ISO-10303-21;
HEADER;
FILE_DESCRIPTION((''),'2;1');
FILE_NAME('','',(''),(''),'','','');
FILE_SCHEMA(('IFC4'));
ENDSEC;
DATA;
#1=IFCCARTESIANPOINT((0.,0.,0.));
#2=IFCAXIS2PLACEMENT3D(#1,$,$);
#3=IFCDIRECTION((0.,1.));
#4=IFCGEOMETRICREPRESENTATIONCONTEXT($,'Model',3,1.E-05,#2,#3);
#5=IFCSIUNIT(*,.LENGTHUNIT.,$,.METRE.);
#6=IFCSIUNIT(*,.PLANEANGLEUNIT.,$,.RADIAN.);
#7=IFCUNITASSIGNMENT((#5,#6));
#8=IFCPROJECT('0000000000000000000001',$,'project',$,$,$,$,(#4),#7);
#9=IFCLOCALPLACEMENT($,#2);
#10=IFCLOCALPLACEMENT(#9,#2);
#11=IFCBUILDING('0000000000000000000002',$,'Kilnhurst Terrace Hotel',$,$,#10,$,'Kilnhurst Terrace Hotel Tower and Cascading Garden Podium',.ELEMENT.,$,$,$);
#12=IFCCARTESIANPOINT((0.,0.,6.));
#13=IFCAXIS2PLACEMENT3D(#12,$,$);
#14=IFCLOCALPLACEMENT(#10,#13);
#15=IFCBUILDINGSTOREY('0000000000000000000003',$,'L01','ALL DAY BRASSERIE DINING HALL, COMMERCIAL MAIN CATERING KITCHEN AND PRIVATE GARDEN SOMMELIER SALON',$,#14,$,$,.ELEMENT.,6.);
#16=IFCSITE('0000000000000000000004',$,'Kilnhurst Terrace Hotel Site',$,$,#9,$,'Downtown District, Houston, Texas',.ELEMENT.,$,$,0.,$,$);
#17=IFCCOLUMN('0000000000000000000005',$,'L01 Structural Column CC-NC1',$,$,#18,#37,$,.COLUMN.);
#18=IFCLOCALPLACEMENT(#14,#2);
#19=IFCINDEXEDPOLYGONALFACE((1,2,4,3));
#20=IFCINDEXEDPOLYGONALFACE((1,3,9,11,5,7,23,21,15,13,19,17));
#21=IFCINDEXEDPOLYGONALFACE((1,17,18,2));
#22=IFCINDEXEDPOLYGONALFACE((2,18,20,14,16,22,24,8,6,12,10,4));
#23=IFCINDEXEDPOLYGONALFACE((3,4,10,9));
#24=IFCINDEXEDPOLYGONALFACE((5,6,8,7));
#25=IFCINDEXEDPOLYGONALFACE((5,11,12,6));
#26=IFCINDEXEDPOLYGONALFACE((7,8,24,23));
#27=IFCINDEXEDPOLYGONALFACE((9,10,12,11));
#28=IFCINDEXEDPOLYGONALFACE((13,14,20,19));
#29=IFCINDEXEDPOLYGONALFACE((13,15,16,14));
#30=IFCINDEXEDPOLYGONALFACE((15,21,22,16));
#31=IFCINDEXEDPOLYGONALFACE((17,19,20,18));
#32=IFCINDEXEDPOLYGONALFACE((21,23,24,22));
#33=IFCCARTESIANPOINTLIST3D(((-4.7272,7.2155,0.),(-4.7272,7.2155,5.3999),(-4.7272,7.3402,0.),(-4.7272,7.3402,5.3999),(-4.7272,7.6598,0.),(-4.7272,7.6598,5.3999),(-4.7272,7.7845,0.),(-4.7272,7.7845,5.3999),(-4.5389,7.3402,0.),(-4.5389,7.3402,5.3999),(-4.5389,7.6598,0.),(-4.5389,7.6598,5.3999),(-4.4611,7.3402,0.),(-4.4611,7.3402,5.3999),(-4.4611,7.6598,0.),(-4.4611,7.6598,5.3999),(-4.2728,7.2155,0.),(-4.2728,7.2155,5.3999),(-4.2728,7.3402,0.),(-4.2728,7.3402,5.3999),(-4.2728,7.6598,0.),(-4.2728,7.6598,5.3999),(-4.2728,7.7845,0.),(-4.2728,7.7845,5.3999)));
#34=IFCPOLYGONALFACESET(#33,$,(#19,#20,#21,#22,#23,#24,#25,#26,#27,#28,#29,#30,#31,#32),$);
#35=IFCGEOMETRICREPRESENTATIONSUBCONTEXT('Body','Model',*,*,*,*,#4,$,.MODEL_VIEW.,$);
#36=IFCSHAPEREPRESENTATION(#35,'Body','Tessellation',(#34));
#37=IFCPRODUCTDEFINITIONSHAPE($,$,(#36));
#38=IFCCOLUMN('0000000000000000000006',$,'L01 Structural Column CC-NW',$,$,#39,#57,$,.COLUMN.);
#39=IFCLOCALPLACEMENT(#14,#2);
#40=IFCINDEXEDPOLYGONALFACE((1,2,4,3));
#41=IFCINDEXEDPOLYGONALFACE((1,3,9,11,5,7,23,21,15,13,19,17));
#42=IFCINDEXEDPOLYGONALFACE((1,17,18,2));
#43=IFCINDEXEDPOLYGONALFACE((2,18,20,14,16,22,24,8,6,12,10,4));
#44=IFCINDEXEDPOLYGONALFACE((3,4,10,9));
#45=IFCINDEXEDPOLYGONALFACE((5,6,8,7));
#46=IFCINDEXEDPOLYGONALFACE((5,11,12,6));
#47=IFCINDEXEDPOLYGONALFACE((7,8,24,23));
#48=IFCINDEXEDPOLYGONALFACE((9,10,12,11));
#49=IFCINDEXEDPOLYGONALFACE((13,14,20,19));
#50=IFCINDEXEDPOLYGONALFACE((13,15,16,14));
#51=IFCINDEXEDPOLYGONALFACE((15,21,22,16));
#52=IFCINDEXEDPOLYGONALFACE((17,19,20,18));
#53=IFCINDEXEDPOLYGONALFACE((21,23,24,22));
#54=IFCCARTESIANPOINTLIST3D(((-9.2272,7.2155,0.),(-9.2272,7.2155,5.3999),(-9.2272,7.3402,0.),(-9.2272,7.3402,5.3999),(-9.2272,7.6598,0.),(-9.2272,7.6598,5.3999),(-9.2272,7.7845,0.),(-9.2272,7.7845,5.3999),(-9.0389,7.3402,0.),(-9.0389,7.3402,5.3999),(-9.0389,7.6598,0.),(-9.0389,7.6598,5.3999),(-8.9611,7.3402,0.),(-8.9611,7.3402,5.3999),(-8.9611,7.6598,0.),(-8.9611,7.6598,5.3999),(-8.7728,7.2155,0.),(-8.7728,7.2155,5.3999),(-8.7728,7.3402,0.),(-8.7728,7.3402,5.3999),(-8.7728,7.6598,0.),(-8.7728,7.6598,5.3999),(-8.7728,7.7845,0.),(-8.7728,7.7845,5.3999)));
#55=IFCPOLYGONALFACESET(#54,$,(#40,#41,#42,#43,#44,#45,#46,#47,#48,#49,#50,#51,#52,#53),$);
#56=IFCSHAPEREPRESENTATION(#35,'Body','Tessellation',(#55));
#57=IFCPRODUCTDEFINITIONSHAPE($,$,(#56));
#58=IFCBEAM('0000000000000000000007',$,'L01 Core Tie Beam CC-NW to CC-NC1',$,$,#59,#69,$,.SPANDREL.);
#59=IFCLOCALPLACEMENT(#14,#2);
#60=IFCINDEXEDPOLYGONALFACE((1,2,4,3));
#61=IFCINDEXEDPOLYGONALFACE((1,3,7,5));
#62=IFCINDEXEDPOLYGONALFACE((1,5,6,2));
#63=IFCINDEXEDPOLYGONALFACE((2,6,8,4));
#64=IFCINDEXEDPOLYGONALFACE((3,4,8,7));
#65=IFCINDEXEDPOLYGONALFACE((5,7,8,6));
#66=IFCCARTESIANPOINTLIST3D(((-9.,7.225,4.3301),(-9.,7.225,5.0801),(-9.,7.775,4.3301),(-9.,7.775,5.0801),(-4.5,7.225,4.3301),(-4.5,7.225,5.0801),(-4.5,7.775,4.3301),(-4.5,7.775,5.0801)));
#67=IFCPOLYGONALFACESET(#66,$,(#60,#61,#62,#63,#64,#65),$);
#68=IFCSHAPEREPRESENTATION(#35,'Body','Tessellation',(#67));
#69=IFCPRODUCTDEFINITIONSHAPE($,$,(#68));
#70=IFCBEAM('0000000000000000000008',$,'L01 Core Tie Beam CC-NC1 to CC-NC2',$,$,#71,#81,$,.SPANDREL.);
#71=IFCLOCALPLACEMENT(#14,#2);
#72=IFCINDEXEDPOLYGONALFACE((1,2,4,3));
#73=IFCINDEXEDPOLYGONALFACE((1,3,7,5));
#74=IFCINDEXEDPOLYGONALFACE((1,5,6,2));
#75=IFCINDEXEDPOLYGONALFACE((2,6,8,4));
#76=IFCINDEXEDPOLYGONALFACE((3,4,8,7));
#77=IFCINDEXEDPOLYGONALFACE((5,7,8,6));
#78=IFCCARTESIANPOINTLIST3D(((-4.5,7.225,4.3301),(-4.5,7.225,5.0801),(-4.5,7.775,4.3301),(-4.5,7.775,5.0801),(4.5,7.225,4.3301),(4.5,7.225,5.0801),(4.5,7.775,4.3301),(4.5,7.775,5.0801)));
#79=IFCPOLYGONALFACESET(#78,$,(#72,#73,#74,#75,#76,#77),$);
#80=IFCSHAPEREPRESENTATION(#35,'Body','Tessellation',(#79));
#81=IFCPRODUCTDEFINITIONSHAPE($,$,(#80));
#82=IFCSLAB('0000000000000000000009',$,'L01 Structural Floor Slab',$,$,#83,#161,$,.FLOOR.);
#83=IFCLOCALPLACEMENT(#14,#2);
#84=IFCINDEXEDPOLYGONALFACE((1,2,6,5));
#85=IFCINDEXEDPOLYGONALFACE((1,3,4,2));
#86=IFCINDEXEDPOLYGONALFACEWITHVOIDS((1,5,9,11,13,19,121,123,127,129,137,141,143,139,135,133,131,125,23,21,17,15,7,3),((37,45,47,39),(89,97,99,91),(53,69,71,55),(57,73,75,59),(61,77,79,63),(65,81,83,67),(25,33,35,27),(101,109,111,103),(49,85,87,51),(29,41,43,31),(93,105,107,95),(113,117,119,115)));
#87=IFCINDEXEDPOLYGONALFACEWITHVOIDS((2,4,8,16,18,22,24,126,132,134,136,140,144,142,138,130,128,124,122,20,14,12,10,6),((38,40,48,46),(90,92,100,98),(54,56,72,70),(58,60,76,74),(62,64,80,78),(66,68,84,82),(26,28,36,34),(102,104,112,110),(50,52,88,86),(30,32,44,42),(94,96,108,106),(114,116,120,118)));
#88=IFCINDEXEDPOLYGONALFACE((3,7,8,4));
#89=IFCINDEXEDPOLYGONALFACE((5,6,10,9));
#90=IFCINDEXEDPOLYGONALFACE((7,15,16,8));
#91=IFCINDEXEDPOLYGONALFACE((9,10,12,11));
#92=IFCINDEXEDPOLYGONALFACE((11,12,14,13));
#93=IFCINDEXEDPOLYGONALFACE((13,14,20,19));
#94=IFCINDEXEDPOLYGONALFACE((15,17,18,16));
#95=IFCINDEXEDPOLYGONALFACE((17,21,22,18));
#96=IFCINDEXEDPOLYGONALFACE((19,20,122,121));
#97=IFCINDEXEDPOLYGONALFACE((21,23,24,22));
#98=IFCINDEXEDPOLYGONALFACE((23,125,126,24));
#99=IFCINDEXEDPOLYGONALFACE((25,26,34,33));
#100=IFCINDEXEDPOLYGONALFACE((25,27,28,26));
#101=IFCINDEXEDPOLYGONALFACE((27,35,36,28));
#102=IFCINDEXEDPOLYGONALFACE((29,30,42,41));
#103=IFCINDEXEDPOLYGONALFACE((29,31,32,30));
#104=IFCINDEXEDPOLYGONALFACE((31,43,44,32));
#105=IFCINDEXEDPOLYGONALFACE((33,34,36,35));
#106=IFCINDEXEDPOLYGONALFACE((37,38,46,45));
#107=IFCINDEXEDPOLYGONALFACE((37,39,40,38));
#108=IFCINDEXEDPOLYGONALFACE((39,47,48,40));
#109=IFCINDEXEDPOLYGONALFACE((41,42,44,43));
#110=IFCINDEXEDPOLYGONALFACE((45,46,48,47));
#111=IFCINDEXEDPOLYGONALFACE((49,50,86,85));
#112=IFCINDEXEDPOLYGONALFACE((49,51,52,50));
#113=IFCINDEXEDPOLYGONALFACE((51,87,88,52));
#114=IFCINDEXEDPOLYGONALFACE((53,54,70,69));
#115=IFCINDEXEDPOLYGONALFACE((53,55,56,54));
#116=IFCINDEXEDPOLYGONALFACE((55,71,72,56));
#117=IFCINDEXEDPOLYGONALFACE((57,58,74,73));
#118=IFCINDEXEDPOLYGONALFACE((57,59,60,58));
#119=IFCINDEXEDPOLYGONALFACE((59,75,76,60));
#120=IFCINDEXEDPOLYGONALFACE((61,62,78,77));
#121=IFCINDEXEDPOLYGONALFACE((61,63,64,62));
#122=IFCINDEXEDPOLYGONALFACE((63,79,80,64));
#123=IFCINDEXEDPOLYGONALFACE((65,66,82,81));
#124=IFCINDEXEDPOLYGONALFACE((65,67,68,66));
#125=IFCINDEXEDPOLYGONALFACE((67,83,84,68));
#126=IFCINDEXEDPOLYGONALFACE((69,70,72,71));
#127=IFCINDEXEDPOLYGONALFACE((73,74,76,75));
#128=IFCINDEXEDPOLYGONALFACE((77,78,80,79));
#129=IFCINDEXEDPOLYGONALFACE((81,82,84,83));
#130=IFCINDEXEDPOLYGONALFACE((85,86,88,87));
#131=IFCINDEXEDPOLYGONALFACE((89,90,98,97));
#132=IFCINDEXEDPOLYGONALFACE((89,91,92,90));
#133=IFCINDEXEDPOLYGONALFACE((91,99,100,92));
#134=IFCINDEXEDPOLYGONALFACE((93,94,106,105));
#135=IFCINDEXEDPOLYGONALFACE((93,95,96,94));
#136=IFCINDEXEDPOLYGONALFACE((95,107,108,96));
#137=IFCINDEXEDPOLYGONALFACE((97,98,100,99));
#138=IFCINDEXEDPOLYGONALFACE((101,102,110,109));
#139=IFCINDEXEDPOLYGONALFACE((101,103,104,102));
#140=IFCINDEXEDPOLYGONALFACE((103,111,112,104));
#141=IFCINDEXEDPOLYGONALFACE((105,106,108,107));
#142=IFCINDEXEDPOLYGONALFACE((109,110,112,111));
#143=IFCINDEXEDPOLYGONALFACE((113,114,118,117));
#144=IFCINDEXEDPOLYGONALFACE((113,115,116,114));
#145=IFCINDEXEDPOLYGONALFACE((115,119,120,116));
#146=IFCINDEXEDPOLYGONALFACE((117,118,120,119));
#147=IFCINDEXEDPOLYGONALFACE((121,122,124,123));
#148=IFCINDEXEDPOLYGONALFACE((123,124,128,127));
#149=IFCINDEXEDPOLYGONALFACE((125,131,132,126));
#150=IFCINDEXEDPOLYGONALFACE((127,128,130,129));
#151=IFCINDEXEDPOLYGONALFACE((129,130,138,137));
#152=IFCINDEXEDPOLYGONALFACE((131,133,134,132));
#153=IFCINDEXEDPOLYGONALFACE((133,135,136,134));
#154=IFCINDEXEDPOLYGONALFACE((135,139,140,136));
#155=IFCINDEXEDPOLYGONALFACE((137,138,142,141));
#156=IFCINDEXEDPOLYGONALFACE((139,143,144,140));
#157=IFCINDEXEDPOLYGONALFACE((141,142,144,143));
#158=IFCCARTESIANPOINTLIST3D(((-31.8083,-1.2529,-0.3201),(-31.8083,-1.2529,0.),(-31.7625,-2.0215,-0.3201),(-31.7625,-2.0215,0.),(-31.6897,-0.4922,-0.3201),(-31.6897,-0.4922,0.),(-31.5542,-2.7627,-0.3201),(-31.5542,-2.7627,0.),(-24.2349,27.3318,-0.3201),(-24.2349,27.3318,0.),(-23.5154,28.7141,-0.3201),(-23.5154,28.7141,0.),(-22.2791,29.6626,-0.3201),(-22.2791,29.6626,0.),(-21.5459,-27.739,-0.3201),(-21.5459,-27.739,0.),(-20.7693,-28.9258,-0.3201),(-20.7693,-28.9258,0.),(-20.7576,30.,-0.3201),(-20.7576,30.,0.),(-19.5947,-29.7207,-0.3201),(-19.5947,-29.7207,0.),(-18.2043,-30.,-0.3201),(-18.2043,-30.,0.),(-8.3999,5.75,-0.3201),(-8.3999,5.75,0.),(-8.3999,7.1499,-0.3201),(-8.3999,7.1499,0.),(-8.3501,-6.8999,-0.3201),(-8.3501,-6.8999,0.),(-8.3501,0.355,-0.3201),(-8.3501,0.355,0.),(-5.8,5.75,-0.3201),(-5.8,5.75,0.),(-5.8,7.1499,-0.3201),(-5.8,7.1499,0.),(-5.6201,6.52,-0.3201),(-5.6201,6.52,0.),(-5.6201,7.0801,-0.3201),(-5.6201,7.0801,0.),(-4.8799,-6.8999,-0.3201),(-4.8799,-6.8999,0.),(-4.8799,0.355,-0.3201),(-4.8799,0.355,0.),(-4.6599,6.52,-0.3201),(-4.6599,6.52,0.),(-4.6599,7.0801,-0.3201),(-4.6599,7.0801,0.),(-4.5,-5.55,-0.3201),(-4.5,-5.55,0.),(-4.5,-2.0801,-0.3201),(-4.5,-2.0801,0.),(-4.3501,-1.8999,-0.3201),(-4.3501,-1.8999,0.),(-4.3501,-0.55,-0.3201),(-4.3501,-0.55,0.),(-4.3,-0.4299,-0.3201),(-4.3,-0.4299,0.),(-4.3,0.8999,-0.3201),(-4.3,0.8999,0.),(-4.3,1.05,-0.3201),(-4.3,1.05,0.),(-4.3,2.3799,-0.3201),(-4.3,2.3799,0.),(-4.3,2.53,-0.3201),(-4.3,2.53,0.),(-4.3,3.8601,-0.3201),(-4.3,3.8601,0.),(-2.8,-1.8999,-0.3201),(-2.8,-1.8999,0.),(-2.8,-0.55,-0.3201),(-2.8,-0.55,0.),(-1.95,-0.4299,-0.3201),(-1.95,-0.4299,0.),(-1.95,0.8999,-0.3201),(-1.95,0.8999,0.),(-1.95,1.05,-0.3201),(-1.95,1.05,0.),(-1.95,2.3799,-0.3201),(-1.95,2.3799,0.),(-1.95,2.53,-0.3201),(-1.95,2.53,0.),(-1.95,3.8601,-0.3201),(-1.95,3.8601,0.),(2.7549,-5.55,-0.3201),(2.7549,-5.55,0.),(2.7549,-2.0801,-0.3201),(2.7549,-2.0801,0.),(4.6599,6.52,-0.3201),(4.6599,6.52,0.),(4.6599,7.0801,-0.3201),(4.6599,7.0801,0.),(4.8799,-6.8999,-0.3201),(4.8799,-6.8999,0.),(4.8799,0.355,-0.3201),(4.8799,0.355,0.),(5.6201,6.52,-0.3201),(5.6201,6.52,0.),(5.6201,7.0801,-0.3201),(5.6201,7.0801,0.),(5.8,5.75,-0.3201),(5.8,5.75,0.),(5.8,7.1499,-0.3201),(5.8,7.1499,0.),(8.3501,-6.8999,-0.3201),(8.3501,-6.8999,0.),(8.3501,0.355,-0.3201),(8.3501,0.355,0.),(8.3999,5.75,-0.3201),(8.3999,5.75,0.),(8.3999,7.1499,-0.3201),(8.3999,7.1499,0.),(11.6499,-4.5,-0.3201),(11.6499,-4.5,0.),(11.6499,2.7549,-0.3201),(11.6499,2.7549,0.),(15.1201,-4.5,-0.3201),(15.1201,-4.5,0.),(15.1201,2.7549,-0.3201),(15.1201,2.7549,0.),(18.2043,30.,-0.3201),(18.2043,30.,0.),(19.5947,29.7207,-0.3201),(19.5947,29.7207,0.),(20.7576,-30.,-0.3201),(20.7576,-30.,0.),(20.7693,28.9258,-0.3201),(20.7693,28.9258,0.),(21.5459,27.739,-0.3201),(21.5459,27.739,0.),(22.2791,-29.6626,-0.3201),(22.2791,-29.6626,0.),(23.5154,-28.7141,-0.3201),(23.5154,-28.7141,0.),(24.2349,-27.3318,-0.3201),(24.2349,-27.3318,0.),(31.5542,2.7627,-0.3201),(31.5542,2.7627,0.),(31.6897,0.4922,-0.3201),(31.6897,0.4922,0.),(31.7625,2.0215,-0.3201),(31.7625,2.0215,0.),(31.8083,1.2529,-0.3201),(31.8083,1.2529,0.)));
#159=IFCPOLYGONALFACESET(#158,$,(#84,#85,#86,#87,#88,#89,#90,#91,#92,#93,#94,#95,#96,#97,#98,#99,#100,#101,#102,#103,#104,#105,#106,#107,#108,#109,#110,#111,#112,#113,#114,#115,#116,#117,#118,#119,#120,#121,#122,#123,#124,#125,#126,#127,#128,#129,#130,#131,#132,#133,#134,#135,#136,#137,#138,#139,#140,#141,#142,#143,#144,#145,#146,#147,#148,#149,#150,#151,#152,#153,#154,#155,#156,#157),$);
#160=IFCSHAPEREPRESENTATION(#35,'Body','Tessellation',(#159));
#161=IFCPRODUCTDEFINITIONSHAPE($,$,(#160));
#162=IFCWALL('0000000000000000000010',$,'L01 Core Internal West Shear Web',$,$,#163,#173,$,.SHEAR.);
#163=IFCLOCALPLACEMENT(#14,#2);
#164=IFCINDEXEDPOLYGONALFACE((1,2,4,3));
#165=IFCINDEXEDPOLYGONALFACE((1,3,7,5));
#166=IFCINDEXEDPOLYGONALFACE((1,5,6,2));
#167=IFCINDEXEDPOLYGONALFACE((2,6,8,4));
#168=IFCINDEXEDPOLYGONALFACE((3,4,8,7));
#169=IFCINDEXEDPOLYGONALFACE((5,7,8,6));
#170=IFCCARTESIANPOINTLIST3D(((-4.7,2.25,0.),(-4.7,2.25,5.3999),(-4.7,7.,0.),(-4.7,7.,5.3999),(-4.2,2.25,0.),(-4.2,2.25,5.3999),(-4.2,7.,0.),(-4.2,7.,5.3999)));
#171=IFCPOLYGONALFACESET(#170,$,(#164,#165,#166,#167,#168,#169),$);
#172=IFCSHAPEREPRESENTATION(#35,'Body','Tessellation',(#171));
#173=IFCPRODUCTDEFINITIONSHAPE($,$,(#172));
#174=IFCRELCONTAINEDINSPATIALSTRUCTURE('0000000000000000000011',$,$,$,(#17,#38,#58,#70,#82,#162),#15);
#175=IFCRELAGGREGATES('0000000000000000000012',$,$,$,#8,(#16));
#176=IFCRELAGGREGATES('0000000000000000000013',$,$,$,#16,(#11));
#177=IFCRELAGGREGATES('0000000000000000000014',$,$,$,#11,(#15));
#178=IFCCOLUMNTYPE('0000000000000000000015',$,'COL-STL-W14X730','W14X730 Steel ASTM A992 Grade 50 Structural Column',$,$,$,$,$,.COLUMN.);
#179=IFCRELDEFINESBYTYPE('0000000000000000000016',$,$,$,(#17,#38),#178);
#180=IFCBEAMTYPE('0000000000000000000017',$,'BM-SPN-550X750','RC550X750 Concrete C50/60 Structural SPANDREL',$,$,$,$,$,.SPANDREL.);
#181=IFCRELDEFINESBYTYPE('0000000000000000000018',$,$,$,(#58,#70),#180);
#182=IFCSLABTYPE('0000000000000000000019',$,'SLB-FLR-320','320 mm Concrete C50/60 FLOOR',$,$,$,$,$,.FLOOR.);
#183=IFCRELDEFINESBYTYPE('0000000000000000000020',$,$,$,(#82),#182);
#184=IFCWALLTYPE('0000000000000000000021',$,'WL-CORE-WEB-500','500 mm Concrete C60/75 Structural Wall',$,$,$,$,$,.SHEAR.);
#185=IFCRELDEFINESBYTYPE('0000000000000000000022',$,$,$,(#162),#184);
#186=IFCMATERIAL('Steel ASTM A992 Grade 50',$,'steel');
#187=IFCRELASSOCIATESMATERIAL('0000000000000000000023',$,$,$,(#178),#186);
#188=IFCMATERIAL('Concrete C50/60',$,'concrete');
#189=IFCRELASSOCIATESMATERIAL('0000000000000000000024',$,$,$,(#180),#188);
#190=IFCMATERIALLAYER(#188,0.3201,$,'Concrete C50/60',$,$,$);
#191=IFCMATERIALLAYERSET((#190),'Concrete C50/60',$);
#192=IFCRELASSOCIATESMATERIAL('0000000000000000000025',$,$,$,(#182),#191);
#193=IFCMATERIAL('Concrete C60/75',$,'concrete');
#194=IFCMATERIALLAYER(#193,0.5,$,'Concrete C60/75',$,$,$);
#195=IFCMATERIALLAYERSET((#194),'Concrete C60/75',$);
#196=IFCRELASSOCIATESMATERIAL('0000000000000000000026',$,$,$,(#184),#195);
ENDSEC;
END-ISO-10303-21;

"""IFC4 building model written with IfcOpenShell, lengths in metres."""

from ifc_helpers import new_model, si_unit, direction, frame, frame_2d, origin, origin_2d, place, context, subcontext, project, spatial, polyline, rectangle, i_section, outline, extrude, material, layer, layer_set, material_profile, profile_set, type_object, element, save


model = new_model("IFC4")

# Units and contexts
model_context = context("Model", 3, precision=1e-05, world=origin(), true_north=direction((0.0, 1.0)))
body_context = subcontext(model_context, "Body", "Model", "MODEL_VIEW")
ifc_project = project(units=[si_unit("LENGTHUNIT", "METRE"), si_unit("PLANEANGLEUNIT", "RADIAN")], contexts=[model_context])

# Site, building, storey
site_placement = place(None, origin())
site = spatial("IfcSite", under=ifc_project, at=site_placement, Name="Kilnhurst Terrace Hotel Site", LongName="Downtown District, Houston, Texas", CompositionType="ELEMENT", RefElevation=0.0)
building_placement = place(site_placement, origin())
building = spatial("IfcBuilding", under=site, at=building_placement, Name="Kilnhurst Terrace Hotel", LongName="Kilnhurst Terrace Hotel Tower and Cascading Garden Podium", CompositionType="ELEMENT")
storey_placement = place(building_placement, frame((0.0, 0.0, 6.0)))
storey = spatial("IfcBuildingStorey", under=building, at=storey_placement, Name="L01", Description="ALL DAY BRASSERIE DINING HALL, COMMERCIAL MAIN CATERING KITCHEN AND PRIVATE GARDEN SOMMELIER SALON", CompositionType="ELEMENT", Elevation=6.0)

# Columns
ifc_material_1 = material(Name="Steel ASTM A992 Grade 50", Category="steel")
ifc_material_profile_1 = material_profile(ifc_material_1, i_section(OverallWidth=0.4543, OverallDepth=0.5691, WebThickness=0.0779, FlangeThickness=0.1248, at=origin_2d()), Name="W14X730")
ifc_profile_set_1 = profile_set([ifc_material_profile_1], Name="Steel ASTM A992 Grade 50")
column_type = type_object("IfcColumnType", Name="COL-STL-W14X730", Description="W14X730 Steel ASTM A992 Grade 50 Structural Column", PredefinedType="COLUMN", material=ifc_profile_set_1)
for number, where, z_axis, x_axis, name in (
    (1, (-4.5, 7.5, 0.0), (0.0, 0.0, 1.0), (1.0, 0.0, 0.0), "L01 Structural Column CC-NC1"),
    (2, (-9.0, 7.5, 0.0), (0.0, 0.0, 1.0), (1.0, 0.0, 0.0), "L01 Structural Column CC-NW"),
):
    element("IfcColumn", number, at=place(storey_placement, frame(where, z_axis=z_axis, x_axis=x_axis)), inside=storey, type_object=column_type, Name=name, PredefinedType="COLUMN", context=body_context, shape_type="SweptSolid", body=[
        extrude(i_section(OverallWidth=0.4543, OverallDepth=0.5691, WebThickness=0.0779, FlangeThickness=0.1248, at=origin_2d()), origin(), (0.0, 0.0, 1.0), 5.3999),
    ])

# Beams
ifc_material_2 = material(Name="Concrete C50/60", Category="concrete")
ifc_material_profile_2 = material_profile(ifc_material_2, rectangle(XDim=0.55, YDim=0.75, at=origin_2d()), Name="RC550X750")
ifc_profile_set_2 = profile_set([ifc_material_profile_2], Name="Concrete C50/60")
beam_type = type_object("IfcBeamType", Name="BM-SPN-550X750", Description="RC550X750 Concrete C50/60 Structural SPANDREL", PredefinedType="SPANDREL", material=ifc_profile_set_2)
beam_1_placement = place(storey_placement, frame((-9.0, 7.5, 4.7051), z_axis=(1.0, 0.0, 0.0), x_axis=(0.0, 1.0, 0.0)))
element("IfcBeam", 3, at=beam_1_placement, inside=storey, type_object=beam_type, Name="L01 Core Tie Beam CC-NW to CC-NC1", PredefinedType="SPANDREL", context=body_context, shape_type="SweptSolid", body=[
    extrude(rectangle(XDim=0.55, YDim=0.75, at=origin_2d()), origin(), (0.0, 0.0, 1.0), 4.5),
])
beam_2_placement = place(storey_placement, frame((-4.5, 7.5, 4.7051), z_axis=(1.0, 0.0, 0.0), x_axis=(0.0, 1.0, 0.0)))
element("IfcBeam", 4, at=beam_2_placement, inside=storey, type_object=beam_type, Name="L01 Core Tie Beam CC-NC1 to CC-NC2", PredefinedType="SPANDREL", context=body_context, shape_type="SweptSolid", body=[
    extrude(rectangle(XDim=0.55, YDim=0.75, at=origin_2d()), origin(), (0.0, 0.0, 1.0), 9.0),
])

# Slab
ifc_layer_1 = layer(ifc_material_2, 0.3201, Name="Concrete C50/60")
ifc_layer_set_1 = layer_set([ifc_layer_1], Name="Concrete C50/60")
slab_type = type_object("IfcSlabType", Name="SLB-FLR-320", Description="320 mm Concrete C50/60 FLOOR", PredefinedType="FLOOR", material=ifc_layer_set_1)
slab_placement = place(storey_placement, frame((0.0, 0.0, -0.3201)))
element("IfcSlab", 5, at=slab_placement, inside=storey, type_object=slab_type, Name="L01 Structural Floor Slab", PredefinedType="FLOOR", context=body_context, shape_type="SweptSolid", body=[
    extrude(outline(polyline([(-21.5459, -27.739), (-20.7693, -28.9258), (-19.5947, -29.7207), (-18.2043, -30.0), (20.7576, -30.0), (22.2791, -29.6626), (23.5154, -28.7141), (24.2349, -27.3318), (31.6897, 0.4922), (31.8083, 1.2529), (31.7625, 2.0215), (31.5542, 2.7627), (21.5459, 27.739), (20.7693, 28.9258), (19.5947, 29.7207), (18.2043, 30.0), (-20.7576, 30.0), (-22.2791, 29.6626), (-23.5154, 28.7141), (-24.2349, 27.3318), (-31.6897, -0.4922), (-31.8083, -1.2529), (-31.7625, -2.0215), (-31.5542, -2.7627), (-21.5459, -27.739)]), holes=[polyline([(-8.3501, 0.355), (-4.8799, 0.355), (-4.8799, -6.8999), (-8.3501, -6.8999), (-8.3501, 0.355)]), polyline([(-4.3501, -1.8999), (-4.3501, -0.55), (-2.8, -0.55), (-2.8, -1.8999), (-4.3501, -1.8999)]), polyline([(-4.3, -0.4299), (-4.3, 0.8999), (-1.95, 0.8999), (-1.95, -0.4299), (-4.3, -0.4299)]), polyline([(-1.95, 1.05), (-4.3, 1.05), (-4.3, 2.3799), (-1.95, 2.3799), (-1.95, 1.05)]), polyline([(-8.3999, 5.75), (-8.3999, 7.1499), (-5.8, 7.1499), (-5.8, 5.75), (-8.3999, 5.75)]), polyline([(-5.6201, 6.52), (-5.6201, 7.0801), (-4.6599, 7.0801), (-4.6599, 6.52), (-5.6201, 6.52)]), polyline([(2.7549, -2.0801), (2.7549, -5.55), (-4.5, -5.55), (-4.5, -2.0801), (2.7549, -2.0801)]), polyline([(8.3501, 0.355), (8.3501, -6.8999), (4.8799, -6.8999), (4.8799, 0.355), (8.3501, 0.355)]), polyline([(15.1201, 2.7549), (15.1201, -4.5), (11.6499, -4.5), (11.6499, 2.7549), (15.1201, 2.7549)]), polyline([(-1.95, 2.53), (-4.3, 2.53), (-4.3, 3.8601), (-1.95, 3.8601), (-1.95, 2.53)]), polyline([(5.8, 5.75), (5.8, 7.1499), (8.3999, 7.1499), (8.3999, 5.75), (5.8, 5.75)]), polyline([(4.6599, 6.52), (4.6599, 7.0801), (5.6201, 7.0801), (5.6201, 6.52), (4.6599, 6.52)])]), origin(), (0.0, 0.0, 1.0), 0.3201),
])

# Wall
ifc_material_3 = material(Name="Concrete C60/75", Category="concrete")
ifc_layer_2 = layer(ifc_material_3, 0.5, Name="Concrete C60/75")
ifc_layer_set_2 = layer_set([ifc_layer_2], Name="Concrete C60/75")
wall_type_1 = type_object("IfcWallType", Name="WL-CORE-WEB-500", Description="500 mm Concrete C60/75 Structural Wall", PredefinedType="SHEAR", material=ifc_layer_set_2)
wall_1_placement = place(storey_placement, frame((-4.45, 2.25, 0.0), z_axis=(0.0, 0.0, 1.0), x_axis=(0.0, 1.0, 0.0)))
element("IfcWall", 6, at=wall_1_placement, inside=storey, type_object=wall_type_1, Name="L01 Core Internal West Shear Web", PredefinedType="SHEAR", context=body_context, shape_type="SweptSolid", body=[
    extrude(rectangle(XDim=4.75, YDim=0.5, at=frame_2d((2.375, 0.0))), origin(), (0.0, 0.0, 1.0), 5.3999),
])

save(model, "model.ifc")
